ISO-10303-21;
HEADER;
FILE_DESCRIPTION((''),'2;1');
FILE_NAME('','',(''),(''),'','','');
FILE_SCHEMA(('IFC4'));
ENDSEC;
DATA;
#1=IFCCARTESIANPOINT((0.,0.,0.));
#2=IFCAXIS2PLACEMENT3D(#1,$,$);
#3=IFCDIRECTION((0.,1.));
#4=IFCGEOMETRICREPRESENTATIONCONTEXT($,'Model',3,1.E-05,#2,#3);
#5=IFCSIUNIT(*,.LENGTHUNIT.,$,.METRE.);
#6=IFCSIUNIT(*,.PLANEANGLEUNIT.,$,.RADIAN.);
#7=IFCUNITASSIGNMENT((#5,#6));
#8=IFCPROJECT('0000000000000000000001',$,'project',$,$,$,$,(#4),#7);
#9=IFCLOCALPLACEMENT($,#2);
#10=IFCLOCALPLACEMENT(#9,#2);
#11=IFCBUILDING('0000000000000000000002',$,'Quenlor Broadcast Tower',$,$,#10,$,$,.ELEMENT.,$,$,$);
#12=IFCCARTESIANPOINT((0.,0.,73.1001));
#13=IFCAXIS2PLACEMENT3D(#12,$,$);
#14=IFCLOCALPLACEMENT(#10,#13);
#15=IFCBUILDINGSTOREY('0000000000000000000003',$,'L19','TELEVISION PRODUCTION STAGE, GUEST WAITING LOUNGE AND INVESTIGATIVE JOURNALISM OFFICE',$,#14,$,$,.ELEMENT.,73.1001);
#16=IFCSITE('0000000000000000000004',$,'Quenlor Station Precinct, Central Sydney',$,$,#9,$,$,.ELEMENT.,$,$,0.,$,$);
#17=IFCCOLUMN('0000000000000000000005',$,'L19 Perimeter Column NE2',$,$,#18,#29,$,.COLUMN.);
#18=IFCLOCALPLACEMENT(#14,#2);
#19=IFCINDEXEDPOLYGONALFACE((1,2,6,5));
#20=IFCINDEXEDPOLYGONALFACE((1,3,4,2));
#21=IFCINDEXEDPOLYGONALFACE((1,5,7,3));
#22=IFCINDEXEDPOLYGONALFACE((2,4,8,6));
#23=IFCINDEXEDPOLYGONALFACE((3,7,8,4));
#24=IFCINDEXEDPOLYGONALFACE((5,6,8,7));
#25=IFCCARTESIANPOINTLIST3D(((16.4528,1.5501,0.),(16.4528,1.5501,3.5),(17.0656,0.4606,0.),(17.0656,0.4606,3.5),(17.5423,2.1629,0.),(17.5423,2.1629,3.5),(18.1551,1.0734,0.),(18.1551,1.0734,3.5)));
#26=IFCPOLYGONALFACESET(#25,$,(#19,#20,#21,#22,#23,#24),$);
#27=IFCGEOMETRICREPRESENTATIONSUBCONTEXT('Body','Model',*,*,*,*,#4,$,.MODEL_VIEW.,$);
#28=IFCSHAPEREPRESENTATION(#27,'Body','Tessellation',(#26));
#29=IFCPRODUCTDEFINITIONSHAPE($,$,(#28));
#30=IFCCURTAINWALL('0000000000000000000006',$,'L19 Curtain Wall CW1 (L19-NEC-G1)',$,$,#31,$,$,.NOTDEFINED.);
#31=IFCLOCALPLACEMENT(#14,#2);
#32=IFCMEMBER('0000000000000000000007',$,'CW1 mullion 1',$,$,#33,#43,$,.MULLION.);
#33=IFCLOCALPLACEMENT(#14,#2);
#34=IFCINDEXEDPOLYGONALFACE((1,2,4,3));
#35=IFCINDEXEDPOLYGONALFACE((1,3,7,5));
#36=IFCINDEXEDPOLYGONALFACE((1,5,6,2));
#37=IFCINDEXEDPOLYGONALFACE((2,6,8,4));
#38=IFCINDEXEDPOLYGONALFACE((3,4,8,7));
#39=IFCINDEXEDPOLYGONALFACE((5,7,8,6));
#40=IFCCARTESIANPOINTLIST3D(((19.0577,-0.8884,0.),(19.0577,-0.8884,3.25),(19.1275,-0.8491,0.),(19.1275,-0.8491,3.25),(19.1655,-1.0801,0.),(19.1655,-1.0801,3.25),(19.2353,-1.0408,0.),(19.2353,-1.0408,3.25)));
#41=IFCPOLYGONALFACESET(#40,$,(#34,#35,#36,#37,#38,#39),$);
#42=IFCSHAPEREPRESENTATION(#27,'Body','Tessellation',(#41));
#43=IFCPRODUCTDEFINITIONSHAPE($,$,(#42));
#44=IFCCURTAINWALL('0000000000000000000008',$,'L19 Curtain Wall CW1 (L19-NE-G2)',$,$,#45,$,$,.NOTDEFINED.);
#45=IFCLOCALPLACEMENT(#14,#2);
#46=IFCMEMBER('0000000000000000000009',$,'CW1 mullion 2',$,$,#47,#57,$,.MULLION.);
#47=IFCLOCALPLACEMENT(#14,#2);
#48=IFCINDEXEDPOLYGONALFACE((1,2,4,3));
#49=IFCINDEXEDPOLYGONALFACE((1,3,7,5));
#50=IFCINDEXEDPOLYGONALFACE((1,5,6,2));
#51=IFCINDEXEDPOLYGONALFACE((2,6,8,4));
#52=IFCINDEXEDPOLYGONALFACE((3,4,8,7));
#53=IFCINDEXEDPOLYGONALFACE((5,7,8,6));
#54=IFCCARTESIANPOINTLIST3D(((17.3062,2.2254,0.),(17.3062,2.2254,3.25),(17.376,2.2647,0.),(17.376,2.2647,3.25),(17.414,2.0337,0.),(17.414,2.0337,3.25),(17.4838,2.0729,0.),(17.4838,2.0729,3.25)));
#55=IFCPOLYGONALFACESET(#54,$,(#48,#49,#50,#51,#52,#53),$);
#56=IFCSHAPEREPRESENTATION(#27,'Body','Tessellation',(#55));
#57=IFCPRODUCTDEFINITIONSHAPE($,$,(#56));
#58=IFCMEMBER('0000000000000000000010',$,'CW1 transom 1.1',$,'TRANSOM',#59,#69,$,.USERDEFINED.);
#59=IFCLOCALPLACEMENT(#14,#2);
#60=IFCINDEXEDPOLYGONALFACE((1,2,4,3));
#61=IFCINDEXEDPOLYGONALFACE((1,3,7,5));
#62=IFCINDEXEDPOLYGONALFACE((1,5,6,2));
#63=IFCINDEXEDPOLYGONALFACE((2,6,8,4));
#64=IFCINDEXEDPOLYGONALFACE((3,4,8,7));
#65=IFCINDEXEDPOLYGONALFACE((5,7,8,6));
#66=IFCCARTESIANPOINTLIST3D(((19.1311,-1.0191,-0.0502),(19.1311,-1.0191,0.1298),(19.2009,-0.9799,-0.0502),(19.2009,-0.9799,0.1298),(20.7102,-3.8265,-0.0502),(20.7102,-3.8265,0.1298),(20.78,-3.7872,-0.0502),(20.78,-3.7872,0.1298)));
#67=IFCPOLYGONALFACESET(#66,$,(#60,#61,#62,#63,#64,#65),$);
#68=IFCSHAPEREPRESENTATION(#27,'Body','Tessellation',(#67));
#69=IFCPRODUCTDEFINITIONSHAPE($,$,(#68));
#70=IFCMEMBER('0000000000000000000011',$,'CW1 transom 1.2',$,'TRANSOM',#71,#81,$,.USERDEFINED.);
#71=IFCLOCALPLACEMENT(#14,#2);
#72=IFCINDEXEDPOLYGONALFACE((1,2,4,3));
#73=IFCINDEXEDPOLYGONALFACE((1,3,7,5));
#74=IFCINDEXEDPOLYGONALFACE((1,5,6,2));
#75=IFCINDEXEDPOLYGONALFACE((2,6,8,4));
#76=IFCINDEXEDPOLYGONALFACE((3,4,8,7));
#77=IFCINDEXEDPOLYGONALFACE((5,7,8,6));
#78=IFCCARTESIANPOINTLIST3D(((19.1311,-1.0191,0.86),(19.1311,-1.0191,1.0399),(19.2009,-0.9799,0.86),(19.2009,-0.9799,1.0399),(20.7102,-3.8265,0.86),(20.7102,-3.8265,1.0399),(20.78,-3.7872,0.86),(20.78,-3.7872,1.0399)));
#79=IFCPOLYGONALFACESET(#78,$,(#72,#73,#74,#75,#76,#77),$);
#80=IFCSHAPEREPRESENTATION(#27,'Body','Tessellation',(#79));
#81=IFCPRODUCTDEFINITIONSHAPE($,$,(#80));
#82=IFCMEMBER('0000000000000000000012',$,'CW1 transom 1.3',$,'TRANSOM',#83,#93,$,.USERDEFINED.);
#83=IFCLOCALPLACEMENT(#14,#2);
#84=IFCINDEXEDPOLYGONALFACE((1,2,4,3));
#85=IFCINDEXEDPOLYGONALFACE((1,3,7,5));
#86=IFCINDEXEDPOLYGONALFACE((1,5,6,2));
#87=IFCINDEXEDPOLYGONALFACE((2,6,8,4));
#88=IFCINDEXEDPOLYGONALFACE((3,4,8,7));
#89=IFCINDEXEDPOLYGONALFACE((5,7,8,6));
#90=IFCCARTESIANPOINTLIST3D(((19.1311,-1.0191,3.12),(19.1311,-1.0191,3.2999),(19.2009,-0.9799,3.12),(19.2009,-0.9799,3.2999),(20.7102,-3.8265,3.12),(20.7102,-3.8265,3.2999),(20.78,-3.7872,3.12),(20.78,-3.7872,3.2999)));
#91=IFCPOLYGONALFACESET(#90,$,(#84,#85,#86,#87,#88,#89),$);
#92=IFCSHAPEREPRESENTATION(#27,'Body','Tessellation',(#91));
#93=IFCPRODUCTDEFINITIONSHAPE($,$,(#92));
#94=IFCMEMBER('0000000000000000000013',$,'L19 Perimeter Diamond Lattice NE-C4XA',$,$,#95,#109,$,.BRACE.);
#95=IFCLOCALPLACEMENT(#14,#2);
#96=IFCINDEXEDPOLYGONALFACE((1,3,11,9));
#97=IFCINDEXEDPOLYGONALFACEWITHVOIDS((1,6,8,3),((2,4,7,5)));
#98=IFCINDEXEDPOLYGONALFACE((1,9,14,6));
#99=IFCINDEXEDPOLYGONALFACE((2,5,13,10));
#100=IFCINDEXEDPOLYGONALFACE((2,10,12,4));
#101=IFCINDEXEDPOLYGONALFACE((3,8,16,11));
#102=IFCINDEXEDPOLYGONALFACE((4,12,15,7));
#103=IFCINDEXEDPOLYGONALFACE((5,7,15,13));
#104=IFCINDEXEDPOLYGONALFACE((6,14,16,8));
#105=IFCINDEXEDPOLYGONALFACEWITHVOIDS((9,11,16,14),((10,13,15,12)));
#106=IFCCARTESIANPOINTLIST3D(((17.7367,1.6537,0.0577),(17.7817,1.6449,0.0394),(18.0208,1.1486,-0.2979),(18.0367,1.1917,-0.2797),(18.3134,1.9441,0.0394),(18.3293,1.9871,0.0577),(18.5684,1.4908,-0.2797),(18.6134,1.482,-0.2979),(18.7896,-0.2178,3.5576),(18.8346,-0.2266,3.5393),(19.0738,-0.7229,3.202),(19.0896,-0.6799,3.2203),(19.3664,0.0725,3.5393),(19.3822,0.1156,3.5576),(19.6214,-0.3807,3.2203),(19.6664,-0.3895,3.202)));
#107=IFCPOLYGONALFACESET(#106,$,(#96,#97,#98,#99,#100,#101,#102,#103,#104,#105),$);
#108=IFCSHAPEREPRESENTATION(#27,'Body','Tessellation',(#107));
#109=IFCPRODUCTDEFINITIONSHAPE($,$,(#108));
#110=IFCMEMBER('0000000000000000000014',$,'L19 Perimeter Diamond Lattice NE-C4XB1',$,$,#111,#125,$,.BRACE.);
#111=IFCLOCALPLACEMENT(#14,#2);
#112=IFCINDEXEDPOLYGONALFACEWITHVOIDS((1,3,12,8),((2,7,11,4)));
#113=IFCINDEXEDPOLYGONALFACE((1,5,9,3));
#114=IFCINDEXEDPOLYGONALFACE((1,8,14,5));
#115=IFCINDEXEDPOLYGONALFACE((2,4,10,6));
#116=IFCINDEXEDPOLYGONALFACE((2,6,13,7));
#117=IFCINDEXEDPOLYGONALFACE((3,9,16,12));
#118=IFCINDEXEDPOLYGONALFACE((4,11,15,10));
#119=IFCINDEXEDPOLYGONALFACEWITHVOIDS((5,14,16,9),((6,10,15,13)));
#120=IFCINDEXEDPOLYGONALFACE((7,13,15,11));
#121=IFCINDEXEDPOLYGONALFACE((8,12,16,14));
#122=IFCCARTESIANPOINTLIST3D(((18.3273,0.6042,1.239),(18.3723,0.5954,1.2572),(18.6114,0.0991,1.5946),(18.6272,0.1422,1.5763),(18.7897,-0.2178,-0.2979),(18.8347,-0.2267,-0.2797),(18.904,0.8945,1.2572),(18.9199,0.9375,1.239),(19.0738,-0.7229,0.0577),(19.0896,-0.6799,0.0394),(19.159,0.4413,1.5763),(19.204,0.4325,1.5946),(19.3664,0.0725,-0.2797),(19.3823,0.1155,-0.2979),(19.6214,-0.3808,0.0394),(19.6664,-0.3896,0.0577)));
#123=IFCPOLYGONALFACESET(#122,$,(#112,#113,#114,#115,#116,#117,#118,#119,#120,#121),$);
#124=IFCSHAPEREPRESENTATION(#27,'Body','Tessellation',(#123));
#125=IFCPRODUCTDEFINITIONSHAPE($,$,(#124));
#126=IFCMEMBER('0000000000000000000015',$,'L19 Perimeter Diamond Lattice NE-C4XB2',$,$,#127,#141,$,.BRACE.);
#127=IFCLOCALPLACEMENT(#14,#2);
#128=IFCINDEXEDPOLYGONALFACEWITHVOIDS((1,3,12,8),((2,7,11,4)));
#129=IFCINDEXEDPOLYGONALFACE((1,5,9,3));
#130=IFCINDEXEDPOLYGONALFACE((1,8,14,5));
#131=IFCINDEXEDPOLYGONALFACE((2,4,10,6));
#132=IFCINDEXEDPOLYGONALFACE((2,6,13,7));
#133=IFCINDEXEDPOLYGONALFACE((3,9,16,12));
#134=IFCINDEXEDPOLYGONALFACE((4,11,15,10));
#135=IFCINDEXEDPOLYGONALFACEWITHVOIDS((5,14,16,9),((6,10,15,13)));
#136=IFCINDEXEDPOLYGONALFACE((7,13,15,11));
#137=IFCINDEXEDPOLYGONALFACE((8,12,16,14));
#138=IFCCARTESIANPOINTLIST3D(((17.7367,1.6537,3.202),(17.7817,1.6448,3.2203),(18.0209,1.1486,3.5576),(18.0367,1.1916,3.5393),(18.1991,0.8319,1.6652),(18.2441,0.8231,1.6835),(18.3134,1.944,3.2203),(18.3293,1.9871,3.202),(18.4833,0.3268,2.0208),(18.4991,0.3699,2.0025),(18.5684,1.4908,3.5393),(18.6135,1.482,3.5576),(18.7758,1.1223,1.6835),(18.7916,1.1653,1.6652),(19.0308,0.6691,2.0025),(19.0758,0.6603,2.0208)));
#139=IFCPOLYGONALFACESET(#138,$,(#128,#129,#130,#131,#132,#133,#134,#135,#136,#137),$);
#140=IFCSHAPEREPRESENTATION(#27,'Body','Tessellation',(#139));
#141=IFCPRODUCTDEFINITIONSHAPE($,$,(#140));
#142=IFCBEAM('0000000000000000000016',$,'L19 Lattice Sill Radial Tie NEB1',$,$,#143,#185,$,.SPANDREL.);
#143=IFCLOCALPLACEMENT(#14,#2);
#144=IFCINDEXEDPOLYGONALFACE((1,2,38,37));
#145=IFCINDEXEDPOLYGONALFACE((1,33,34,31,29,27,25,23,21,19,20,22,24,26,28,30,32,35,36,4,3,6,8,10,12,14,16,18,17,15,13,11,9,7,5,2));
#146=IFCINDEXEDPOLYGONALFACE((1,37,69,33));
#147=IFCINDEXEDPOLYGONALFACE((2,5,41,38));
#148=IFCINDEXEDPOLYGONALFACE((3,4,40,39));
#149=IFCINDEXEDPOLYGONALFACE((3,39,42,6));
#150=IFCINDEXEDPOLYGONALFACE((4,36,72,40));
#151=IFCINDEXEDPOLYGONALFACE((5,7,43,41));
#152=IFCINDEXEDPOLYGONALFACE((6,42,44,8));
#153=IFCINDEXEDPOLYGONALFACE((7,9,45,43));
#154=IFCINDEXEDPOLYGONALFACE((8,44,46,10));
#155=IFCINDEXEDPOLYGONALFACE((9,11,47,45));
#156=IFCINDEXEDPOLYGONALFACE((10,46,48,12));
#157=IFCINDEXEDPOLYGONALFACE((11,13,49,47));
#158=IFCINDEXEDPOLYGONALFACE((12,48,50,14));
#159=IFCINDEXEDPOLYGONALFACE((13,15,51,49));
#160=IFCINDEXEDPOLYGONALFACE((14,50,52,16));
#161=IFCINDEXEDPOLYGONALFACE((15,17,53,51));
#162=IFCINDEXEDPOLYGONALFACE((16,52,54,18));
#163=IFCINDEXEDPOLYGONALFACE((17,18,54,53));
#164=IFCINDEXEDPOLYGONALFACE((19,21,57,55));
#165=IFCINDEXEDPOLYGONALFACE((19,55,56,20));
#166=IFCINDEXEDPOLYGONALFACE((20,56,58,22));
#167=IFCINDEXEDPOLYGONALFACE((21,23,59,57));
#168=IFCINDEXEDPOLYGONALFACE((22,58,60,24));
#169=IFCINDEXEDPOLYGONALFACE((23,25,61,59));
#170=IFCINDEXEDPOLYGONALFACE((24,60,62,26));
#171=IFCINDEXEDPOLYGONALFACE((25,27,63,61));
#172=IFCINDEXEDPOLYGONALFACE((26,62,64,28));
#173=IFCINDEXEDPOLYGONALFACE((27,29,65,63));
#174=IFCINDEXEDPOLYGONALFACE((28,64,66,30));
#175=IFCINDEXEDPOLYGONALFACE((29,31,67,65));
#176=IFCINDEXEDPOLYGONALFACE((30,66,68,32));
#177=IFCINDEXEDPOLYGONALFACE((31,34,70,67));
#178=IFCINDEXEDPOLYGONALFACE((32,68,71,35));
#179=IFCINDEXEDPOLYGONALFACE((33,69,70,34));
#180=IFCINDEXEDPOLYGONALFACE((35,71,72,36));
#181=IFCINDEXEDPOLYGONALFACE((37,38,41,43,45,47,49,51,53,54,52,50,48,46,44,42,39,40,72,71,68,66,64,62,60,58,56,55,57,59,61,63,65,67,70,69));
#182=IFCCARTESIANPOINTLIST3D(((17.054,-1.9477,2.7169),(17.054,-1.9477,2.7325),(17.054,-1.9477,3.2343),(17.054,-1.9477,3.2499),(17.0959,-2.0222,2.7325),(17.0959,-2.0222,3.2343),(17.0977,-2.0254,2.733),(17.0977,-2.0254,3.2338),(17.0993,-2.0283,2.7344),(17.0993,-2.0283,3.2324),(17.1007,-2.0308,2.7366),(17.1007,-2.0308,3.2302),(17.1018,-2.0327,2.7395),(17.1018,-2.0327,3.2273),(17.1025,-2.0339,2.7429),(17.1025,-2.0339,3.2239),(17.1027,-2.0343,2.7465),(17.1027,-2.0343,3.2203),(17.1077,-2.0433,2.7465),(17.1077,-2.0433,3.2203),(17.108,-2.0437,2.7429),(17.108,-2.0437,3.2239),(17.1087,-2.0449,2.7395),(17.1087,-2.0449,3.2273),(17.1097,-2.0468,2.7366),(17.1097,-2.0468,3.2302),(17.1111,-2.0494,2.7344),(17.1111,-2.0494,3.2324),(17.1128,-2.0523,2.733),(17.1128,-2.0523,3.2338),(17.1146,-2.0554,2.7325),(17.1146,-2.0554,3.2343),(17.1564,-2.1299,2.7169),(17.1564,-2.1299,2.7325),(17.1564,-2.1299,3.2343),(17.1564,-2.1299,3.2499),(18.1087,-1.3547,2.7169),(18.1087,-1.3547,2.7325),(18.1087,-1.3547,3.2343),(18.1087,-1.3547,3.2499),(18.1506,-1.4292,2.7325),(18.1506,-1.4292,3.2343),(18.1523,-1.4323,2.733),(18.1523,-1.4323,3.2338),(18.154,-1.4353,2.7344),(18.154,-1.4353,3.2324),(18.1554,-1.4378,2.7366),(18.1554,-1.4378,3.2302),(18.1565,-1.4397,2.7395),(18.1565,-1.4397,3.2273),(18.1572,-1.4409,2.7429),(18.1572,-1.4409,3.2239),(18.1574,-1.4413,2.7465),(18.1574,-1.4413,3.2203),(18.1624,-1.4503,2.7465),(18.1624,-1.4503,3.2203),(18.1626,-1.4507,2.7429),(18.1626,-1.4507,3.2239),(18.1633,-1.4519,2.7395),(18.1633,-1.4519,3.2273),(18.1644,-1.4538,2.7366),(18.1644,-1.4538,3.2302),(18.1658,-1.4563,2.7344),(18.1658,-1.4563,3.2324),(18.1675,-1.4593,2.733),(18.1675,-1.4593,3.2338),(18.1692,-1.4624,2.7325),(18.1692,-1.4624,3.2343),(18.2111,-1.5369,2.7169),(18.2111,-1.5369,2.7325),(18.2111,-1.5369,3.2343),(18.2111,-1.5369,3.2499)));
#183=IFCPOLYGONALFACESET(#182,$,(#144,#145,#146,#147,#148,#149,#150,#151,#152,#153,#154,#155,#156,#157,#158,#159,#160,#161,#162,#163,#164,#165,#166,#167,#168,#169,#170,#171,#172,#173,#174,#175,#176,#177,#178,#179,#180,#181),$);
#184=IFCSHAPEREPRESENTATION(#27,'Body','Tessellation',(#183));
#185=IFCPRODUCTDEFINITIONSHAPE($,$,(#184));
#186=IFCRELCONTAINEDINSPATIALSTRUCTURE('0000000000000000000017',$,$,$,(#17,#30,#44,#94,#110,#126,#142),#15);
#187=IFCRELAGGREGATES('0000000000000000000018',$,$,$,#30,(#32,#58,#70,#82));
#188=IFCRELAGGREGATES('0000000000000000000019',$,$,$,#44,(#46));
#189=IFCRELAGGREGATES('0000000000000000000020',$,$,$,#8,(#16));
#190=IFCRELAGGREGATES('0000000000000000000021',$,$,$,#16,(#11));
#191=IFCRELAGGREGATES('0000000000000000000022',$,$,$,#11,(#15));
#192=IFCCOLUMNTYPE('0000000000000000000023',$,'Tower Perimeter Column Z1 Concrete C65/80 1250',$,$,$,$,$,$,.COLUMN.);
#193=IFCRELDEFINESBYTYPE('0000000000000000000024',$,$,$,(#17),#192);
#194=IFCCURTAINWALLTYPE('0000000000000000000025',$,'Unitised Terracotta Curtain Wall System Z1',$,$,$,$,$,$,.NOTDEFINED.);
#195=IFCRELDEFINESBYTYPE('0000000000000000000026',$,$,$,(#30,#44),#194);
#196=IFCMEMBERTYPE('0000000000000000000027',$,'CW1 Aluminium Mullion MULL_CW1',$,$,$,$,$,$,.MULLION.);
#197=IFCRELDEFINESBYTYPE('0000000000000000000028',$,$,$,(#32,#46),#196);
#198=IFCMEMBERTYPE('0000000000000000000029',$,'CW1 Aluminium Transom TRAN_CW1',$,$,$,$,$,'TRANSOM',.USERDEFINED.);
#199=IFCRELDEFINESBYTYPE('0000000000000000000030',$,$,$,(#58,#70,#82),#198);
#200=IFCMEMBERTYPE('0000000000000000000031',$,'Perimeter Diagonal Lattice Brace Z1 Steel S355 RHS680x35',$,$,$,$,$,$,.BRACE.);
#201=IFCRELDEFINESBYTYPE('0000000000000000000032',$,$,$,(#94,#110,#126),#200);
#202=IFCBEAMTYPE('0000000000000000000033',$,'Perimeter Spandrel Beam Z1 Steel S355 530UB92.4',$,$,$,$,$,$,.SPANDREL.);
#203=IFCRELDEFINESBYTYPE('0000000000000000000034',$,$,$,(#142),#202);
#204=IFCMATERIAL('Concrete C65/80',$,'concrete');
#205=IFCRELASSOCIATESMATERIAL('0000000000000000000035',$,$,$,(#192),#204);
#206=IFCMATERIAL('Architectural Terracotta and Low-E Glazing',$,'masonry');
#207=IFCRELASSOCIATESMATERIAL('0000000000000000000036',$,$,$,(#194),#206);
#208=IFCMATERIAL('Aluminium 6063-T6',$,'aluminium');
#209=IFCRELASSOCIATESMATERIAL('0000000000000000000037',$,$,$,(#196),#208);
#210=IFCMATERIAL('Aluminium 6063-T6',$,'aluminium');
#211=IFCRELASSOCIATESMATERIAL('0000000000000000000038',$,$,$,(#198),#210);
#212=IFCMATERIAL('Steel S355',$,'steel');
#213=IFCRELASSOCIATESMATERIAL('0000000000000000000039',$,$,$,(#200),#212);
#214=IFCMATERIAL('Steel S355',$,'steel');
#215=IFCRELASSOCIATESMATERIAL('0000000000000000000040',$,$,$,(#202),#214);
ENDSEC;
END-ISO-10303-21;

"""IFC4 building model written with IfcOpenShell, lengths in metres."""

from ifc_helpers import new_model, si_unit, direction, frame, origin, origin_2d, place, context, subcontext, project, spatial, rectangle, hollow_rectangle, i_section, extrude, material, material_profile, profile_set, type_object, element, aggregate, save


model = new_model("IFC4")

# Units and contexts
model_context = context("Model", 3, precision=1e-05, world=origin(), true_north=direction((0.0, 1.0)))
body_context = subcontext(model_context, "Body", "Model", "MODEL_VIEW")
ifc_project = project(units=[si_unit("LENGTHUNIT", "METRE"), si_unit("PLANEANGLEUNIT", "RADIAN")], contexts=[model_context])

# Site, building, storey
site_placement = place(None, origin())
site = spatial("IfcSite", under=ifc_project, at=site_placement, Name="Quenlor Station Precinct, Central Sydney", CompositionType="ELEMENT", RefElevation=0.0)
building_placement = place(site_placement, origin())
building = spatial("IfcBuilding", under=site, at=building_placement, Name="Quenlor Broadcast Tower", CompositionType="ELEMENT")
storey_placement = place(building_placement, frame((0.0, 0.0, 73.1001)))
storey = spatial("IfcBuildingStorey", under=building, at=storey_placement, Name="L19", Description="TELEVISION PRODUCTION STAGE, GUEST WAITING LOUNGE AND INVESTIGATIVE JOURNALISM OFFICE", CompositionType="ELEMENT", Elevation=73.1001)

# Column
ifc_material_1 = material(Name="Concrete C65/80", Category="concrete")
ifc_material_profile_1 = material_profile(ifc_material_1, rectangle(XDim=1.25, YDim=1.25, at=origin_2d()))
ifc_profile_set_1 = profile_set([ifc_material_profile_1], Name="Concrete C65/80 RC1250x1250")
column_type = type_object("IfcColumnType", Name="Tower Perimeter Column Z1 Concrete C65/80 1250", PredefinedType="COLUMN", material=ifc_profile_set_1)
column_placement = place(storey_placement, frame((17.304, 1.3118, 0.0), z_axis=(0.0, 0.0, 1.0), x_axis=(0.871575, 0.490262, 0.0)))
element("IfcColumn", 1, at=column_placement, inside=storey, type_object=column_type, Name="L19 Perimeter Column NE2", PredefinedType="COLUMN", context=body_context, shape_type="SweptSolid", body=[
    extrude(rectangle(XDim=1.25, YDim=1.25, at=origin_2d()), origin(), (0.0, 0.0, 1.0), 3.5),
])

# Curtain walls, members
ifc_material_2 = material(Name="Architectural Terracotta and Low-E Glazing", Category="masonry")
curtain_wall_type = type_object("IfcCurtainWallType", Name="Unitised Terracotta Curtain Wall System Z1", PredefinedType="NOTDEFINED", material=ifc_material_2)
curtain_wall_1_placement = place(storey_placement, origin())
curtain_wall_1 = element("IfcCurtainWall", 2, at=curtain_wall_1_placement, inside=storey, type_object=curtain_wall_type, Name="L19 Curtain Wall CW1 (L19-NEC-G1)", PredefinedType="NOTDEFINED")
ifc_material_3 = material(Name="Aluminium 6063-T6", Category="aluminium")
ifc_material_profile_2 = material_profile(ifc_material_3, rectangle(XDim=0.0801, YDim=0.22, at=origin_2d()))
ifc_profile_set_2 = profile_set([ifc_material_profile_2], Name="Aluminium 6063-T6 MULL80x220")
member_type_1 = type_object("IfcMemberType", Name="CW1 Aluminium Mullion MULL_CW1", PredefinedType="MULLION", material=ifc_profile_set_2)
member_1_placement = place(storey_placement, frame((19.1465, -0.9646, 0.0), z_axis=(0.0, 0.0, 1.0), x_axis=(0.871578, 0.490257, 0.0)))
member_1 = element("IfcMember", 3, at=member_1_placement, type_object=member_type_1, Name="CW1 mullion 1", PredefinedType="MULLION", context=body_context, shape_type="SweptSolid", body=[
    extrude(rectangle(XDim=0.0801, YDim=0.22, at=origin_2d()), origin(), (0.0, 0.0, 1.0), 3.25),
])
curtain_wall_2_placement = place(storey_placement, origin())
curtain_wall_2 = element("IfcCurtainWall", 4, at=curtain_wall_2_placement, inside=storey, type_object=curtain_wall_type, Name="L19 Curtain Wall CW1 (L19-NE-G2)", PredefinedType="NOTDEFINED")
member_2_placement = place(storey_placement, frame((17.395, 2.1492, 0.0), z_axis=(0.0, 0.0, 1.0), x_axis=(0.871568, 0.490274, 0.0)))
member_2 = element("IfcMember", 5, at=member_2_placement, type_object=member_type_1, Name="CW1 mullion 2", PredefinedType="MULLION", context=body_context, shape_type="SweptSolid", body=[
    extrude(rectangle(XDim=0.0801, YDim=0.22, at=origin_2d()), origin(), (0.0, 0.0, 1.0), 3.25),
])

# Members
ifc_material_4 = material(Name="Aluminium 6063-T6", Category="aluminium")
ifc_material_profile_3 = material_profile(ifc_material_4, rectangle(XDim=0.0801, YDim=0.1799, at=origin_2d()))
ifc_profile_set_3 = profile_set([ifc_material_profile_3], Name="Aluminium 6063-T6 TRAN80x180")
member_type_2 = type_object("IfcMemberType", Name="CW1 Aluminium Transom TRAN_CW1", ElementType="TRANSOM", PredefinedType="USERDEFINED", material=ifc_profile_set_3)
member_3_placement = place(storey_placement, frame((19.166, -0.9995, 0.0398), z_axis=(0.49025, -0.871582, 0.0), x_axis=(0.871582, 0.49025, 0.0)))
member_3 = element("IfcMember", 6, at=member_3_placement, type_object=member_type_2, Name="CW1 transom 1.1", ObjectType="TRANSOM", PredefinedType="USERDEFINED", context=body_context, shape_type="SweptSolid", body=[
    extrude(rectangle(XDim=0.0801, YDim=0.1799, at=origin_2d()), origin(), (0.0, 0.0, 1.0), 3.2209),
])
member_4_placement = place(storey_placement, frame((19.166, -0.9995, 0.95), z_axis=(0.49025, -0.871582, 0.0), x_axis=(0.871582, 0.49025, 0.0)))
member_4 = element("IfcMember", 7, at=member_4_placement, type_object=member_type_2, Name="CW1 transom 1.2", ObjectType="TRANSOM", PredefinedType="USERDEFINED", context=body_context, shape_type="SweptSolid", body=[
    extrude(rectangle(XDim=0.0801, YDim=0.1799, at=origin_2d()), origin(), (0.0, 0.0, 1.0), 3.2209),
])
member_5_placement = place(storey_placement, frame((19.166, -0.9995, 3.21), z_axis=(0.49025, -0.871582, 0.0), x_axis=(0.871582, 0.49025, 0.0)))
member_5 = element("IfcMember", 8, at=member_5_placement, type_object=member_type_2, Name="CW1 transom 1.3", ObjectType="TRANSOM", PredefinedType="USERDEFINED", context=body_context, shape_type="SweptSolid", body=[
    extrude(rectangle(XDim=0.0801, YDim=0.1799, at=origin_2d()), origin(), (0.0, 0.0, 1.0), 3.2209),
])
aggregate(curtain_wall_1, [member_1, member_3, member_4, member_5])

# Members
ifc_material_5 = material(Name="Steel S355", Category="steel")
ifc_material_profile_4 = material_profile(ifc_material_5, hollow_rectangle(XDim=0.6799, YDim=0.6799, WallThickness=0.0349, at=origin_2d()))
ifc_profile_set_4 = profile_set([ifc_material_profile_4], Name="Steel S355 RHS680x680x35")
member_type_3 = type_object("IfcMemberType", Name="Perimeter Diagonal Lattice Brace Z1 Steel S355 RHS680x35", PredefinedType="BRACE", material=ifc_profile_set_4)
member_6_placement = place(storey_placement, frame((18.175, 1.5679, -0.1201), z_axis=(0.256431, -0.455785, 0.852352), x_axis=(0.871533, 0.490337, 0.0)))
element("IfcMember", 9, at=member_6_placement, inside=storey, type_object=member_type_3, Name="L19 Perimeter Diamond Lattice NE-C4XA", PredefinedType="BRACE", context=body_context, shape_type="SweptSolid", body=[
    extrude(hollow_rectangle(XDim=0.6799, YDim=0.6799, WallThickness=0.0349, at=origin_2d()), origin(), (0.0, 0.0, 1.0), 4.1062),
])
member_7_placement = place(storey_placement, frame((19.228, -0.3037, -0.1201), z_axis=(-0.256436, 0.455871, 0.852304), x_axis=(-0.871569, -0.490274, 0.0)))
element("IfcMember", 10, at=member_7_placement, inside=storey, type_object=member_type_3, Name="L19 Perimeter Diamond Lattice NE-C4XB1", PredefinedType="BRACE", context=body_context, shape_type="SweptSolid", body=[
    extrude(hollow_rectangle(XDim=0.6799, YDim=0.6799, WallThickness=0.0349, at=origin_2d()), origin(), (0.0, 0.0, 1.0), 1.8032),
])
member_8_placement = place(storey_placement, frame((18.6375, 0.7461, 1.843), z_axis=(-0.256452, 0.455764, 0.852357), x_axis=(-0.871506, -0.490384, 0.0)))
element("IfcMember", 11, at=member_8_placement, inside=storey, type_object=member_type_3, Name="L19 Perimeter Diamond Lattice NE-C4XB2", PredefinedType="BRACE", context=body_context, shape_type="SweptSolid", body=[
    extrude(hollow_rectangle(XDim=0.6799, YDim=0.6799, WallThickness=0.0349, at=origin_2d()), origin(), (0.0, 0.0, 1.0), 1.803),
])

# Beam
ifc_material_6 = material(Name="Steel S355", Category="steel")
ifc_material_profile_5 = material_profile(ifc_material_6, i_section(OverallWidth=0.209, OverallDepth=0.533, WebThickness=0.0103, FlangeThickness=0.0156, FilletRadius=0.0139, at=origin_2d()))
ifc_profile_set_5 = profile_set([ifc_material_profile_5], Name="Steel S355 530UB92.4")
beam_type_1 = type_object("IfcBeamType", Name="Perimeter Spandrel Beam Z1 Steel S355 530UB92.4", PredefinedType="SPANDREL", material=ifc_profile_set_5)
beam_1_placement = place(storey_placement, frame((17.1052, -2.0388, 2.9834), z_axis=(0.871662, 0.490108, 0.0), x_axis=(-0.490108, 0.871662, 0.0)))
element("IfcBeam", 12, at=beam_1_placement, inside=storey, type_object=beam_type_1, Name="L19 Lattice Sill Radial Tie NEB1", PredefinedType="SPANDREL", context=body_context, shape_type="SweptSolid", body=[
    extrude(i_section(OverallWidth=0.209, OverallDepth=0.533, WebThickness=0.0103, FlangeThickness=0.0156, FilletRadius=0.0139, at=origin_2d()), origin(), (0.0, 0.0, 1.0), 1.21),
])

aggregate(curtain_wall_2, [member_2])

save(model, "model.ifc")
